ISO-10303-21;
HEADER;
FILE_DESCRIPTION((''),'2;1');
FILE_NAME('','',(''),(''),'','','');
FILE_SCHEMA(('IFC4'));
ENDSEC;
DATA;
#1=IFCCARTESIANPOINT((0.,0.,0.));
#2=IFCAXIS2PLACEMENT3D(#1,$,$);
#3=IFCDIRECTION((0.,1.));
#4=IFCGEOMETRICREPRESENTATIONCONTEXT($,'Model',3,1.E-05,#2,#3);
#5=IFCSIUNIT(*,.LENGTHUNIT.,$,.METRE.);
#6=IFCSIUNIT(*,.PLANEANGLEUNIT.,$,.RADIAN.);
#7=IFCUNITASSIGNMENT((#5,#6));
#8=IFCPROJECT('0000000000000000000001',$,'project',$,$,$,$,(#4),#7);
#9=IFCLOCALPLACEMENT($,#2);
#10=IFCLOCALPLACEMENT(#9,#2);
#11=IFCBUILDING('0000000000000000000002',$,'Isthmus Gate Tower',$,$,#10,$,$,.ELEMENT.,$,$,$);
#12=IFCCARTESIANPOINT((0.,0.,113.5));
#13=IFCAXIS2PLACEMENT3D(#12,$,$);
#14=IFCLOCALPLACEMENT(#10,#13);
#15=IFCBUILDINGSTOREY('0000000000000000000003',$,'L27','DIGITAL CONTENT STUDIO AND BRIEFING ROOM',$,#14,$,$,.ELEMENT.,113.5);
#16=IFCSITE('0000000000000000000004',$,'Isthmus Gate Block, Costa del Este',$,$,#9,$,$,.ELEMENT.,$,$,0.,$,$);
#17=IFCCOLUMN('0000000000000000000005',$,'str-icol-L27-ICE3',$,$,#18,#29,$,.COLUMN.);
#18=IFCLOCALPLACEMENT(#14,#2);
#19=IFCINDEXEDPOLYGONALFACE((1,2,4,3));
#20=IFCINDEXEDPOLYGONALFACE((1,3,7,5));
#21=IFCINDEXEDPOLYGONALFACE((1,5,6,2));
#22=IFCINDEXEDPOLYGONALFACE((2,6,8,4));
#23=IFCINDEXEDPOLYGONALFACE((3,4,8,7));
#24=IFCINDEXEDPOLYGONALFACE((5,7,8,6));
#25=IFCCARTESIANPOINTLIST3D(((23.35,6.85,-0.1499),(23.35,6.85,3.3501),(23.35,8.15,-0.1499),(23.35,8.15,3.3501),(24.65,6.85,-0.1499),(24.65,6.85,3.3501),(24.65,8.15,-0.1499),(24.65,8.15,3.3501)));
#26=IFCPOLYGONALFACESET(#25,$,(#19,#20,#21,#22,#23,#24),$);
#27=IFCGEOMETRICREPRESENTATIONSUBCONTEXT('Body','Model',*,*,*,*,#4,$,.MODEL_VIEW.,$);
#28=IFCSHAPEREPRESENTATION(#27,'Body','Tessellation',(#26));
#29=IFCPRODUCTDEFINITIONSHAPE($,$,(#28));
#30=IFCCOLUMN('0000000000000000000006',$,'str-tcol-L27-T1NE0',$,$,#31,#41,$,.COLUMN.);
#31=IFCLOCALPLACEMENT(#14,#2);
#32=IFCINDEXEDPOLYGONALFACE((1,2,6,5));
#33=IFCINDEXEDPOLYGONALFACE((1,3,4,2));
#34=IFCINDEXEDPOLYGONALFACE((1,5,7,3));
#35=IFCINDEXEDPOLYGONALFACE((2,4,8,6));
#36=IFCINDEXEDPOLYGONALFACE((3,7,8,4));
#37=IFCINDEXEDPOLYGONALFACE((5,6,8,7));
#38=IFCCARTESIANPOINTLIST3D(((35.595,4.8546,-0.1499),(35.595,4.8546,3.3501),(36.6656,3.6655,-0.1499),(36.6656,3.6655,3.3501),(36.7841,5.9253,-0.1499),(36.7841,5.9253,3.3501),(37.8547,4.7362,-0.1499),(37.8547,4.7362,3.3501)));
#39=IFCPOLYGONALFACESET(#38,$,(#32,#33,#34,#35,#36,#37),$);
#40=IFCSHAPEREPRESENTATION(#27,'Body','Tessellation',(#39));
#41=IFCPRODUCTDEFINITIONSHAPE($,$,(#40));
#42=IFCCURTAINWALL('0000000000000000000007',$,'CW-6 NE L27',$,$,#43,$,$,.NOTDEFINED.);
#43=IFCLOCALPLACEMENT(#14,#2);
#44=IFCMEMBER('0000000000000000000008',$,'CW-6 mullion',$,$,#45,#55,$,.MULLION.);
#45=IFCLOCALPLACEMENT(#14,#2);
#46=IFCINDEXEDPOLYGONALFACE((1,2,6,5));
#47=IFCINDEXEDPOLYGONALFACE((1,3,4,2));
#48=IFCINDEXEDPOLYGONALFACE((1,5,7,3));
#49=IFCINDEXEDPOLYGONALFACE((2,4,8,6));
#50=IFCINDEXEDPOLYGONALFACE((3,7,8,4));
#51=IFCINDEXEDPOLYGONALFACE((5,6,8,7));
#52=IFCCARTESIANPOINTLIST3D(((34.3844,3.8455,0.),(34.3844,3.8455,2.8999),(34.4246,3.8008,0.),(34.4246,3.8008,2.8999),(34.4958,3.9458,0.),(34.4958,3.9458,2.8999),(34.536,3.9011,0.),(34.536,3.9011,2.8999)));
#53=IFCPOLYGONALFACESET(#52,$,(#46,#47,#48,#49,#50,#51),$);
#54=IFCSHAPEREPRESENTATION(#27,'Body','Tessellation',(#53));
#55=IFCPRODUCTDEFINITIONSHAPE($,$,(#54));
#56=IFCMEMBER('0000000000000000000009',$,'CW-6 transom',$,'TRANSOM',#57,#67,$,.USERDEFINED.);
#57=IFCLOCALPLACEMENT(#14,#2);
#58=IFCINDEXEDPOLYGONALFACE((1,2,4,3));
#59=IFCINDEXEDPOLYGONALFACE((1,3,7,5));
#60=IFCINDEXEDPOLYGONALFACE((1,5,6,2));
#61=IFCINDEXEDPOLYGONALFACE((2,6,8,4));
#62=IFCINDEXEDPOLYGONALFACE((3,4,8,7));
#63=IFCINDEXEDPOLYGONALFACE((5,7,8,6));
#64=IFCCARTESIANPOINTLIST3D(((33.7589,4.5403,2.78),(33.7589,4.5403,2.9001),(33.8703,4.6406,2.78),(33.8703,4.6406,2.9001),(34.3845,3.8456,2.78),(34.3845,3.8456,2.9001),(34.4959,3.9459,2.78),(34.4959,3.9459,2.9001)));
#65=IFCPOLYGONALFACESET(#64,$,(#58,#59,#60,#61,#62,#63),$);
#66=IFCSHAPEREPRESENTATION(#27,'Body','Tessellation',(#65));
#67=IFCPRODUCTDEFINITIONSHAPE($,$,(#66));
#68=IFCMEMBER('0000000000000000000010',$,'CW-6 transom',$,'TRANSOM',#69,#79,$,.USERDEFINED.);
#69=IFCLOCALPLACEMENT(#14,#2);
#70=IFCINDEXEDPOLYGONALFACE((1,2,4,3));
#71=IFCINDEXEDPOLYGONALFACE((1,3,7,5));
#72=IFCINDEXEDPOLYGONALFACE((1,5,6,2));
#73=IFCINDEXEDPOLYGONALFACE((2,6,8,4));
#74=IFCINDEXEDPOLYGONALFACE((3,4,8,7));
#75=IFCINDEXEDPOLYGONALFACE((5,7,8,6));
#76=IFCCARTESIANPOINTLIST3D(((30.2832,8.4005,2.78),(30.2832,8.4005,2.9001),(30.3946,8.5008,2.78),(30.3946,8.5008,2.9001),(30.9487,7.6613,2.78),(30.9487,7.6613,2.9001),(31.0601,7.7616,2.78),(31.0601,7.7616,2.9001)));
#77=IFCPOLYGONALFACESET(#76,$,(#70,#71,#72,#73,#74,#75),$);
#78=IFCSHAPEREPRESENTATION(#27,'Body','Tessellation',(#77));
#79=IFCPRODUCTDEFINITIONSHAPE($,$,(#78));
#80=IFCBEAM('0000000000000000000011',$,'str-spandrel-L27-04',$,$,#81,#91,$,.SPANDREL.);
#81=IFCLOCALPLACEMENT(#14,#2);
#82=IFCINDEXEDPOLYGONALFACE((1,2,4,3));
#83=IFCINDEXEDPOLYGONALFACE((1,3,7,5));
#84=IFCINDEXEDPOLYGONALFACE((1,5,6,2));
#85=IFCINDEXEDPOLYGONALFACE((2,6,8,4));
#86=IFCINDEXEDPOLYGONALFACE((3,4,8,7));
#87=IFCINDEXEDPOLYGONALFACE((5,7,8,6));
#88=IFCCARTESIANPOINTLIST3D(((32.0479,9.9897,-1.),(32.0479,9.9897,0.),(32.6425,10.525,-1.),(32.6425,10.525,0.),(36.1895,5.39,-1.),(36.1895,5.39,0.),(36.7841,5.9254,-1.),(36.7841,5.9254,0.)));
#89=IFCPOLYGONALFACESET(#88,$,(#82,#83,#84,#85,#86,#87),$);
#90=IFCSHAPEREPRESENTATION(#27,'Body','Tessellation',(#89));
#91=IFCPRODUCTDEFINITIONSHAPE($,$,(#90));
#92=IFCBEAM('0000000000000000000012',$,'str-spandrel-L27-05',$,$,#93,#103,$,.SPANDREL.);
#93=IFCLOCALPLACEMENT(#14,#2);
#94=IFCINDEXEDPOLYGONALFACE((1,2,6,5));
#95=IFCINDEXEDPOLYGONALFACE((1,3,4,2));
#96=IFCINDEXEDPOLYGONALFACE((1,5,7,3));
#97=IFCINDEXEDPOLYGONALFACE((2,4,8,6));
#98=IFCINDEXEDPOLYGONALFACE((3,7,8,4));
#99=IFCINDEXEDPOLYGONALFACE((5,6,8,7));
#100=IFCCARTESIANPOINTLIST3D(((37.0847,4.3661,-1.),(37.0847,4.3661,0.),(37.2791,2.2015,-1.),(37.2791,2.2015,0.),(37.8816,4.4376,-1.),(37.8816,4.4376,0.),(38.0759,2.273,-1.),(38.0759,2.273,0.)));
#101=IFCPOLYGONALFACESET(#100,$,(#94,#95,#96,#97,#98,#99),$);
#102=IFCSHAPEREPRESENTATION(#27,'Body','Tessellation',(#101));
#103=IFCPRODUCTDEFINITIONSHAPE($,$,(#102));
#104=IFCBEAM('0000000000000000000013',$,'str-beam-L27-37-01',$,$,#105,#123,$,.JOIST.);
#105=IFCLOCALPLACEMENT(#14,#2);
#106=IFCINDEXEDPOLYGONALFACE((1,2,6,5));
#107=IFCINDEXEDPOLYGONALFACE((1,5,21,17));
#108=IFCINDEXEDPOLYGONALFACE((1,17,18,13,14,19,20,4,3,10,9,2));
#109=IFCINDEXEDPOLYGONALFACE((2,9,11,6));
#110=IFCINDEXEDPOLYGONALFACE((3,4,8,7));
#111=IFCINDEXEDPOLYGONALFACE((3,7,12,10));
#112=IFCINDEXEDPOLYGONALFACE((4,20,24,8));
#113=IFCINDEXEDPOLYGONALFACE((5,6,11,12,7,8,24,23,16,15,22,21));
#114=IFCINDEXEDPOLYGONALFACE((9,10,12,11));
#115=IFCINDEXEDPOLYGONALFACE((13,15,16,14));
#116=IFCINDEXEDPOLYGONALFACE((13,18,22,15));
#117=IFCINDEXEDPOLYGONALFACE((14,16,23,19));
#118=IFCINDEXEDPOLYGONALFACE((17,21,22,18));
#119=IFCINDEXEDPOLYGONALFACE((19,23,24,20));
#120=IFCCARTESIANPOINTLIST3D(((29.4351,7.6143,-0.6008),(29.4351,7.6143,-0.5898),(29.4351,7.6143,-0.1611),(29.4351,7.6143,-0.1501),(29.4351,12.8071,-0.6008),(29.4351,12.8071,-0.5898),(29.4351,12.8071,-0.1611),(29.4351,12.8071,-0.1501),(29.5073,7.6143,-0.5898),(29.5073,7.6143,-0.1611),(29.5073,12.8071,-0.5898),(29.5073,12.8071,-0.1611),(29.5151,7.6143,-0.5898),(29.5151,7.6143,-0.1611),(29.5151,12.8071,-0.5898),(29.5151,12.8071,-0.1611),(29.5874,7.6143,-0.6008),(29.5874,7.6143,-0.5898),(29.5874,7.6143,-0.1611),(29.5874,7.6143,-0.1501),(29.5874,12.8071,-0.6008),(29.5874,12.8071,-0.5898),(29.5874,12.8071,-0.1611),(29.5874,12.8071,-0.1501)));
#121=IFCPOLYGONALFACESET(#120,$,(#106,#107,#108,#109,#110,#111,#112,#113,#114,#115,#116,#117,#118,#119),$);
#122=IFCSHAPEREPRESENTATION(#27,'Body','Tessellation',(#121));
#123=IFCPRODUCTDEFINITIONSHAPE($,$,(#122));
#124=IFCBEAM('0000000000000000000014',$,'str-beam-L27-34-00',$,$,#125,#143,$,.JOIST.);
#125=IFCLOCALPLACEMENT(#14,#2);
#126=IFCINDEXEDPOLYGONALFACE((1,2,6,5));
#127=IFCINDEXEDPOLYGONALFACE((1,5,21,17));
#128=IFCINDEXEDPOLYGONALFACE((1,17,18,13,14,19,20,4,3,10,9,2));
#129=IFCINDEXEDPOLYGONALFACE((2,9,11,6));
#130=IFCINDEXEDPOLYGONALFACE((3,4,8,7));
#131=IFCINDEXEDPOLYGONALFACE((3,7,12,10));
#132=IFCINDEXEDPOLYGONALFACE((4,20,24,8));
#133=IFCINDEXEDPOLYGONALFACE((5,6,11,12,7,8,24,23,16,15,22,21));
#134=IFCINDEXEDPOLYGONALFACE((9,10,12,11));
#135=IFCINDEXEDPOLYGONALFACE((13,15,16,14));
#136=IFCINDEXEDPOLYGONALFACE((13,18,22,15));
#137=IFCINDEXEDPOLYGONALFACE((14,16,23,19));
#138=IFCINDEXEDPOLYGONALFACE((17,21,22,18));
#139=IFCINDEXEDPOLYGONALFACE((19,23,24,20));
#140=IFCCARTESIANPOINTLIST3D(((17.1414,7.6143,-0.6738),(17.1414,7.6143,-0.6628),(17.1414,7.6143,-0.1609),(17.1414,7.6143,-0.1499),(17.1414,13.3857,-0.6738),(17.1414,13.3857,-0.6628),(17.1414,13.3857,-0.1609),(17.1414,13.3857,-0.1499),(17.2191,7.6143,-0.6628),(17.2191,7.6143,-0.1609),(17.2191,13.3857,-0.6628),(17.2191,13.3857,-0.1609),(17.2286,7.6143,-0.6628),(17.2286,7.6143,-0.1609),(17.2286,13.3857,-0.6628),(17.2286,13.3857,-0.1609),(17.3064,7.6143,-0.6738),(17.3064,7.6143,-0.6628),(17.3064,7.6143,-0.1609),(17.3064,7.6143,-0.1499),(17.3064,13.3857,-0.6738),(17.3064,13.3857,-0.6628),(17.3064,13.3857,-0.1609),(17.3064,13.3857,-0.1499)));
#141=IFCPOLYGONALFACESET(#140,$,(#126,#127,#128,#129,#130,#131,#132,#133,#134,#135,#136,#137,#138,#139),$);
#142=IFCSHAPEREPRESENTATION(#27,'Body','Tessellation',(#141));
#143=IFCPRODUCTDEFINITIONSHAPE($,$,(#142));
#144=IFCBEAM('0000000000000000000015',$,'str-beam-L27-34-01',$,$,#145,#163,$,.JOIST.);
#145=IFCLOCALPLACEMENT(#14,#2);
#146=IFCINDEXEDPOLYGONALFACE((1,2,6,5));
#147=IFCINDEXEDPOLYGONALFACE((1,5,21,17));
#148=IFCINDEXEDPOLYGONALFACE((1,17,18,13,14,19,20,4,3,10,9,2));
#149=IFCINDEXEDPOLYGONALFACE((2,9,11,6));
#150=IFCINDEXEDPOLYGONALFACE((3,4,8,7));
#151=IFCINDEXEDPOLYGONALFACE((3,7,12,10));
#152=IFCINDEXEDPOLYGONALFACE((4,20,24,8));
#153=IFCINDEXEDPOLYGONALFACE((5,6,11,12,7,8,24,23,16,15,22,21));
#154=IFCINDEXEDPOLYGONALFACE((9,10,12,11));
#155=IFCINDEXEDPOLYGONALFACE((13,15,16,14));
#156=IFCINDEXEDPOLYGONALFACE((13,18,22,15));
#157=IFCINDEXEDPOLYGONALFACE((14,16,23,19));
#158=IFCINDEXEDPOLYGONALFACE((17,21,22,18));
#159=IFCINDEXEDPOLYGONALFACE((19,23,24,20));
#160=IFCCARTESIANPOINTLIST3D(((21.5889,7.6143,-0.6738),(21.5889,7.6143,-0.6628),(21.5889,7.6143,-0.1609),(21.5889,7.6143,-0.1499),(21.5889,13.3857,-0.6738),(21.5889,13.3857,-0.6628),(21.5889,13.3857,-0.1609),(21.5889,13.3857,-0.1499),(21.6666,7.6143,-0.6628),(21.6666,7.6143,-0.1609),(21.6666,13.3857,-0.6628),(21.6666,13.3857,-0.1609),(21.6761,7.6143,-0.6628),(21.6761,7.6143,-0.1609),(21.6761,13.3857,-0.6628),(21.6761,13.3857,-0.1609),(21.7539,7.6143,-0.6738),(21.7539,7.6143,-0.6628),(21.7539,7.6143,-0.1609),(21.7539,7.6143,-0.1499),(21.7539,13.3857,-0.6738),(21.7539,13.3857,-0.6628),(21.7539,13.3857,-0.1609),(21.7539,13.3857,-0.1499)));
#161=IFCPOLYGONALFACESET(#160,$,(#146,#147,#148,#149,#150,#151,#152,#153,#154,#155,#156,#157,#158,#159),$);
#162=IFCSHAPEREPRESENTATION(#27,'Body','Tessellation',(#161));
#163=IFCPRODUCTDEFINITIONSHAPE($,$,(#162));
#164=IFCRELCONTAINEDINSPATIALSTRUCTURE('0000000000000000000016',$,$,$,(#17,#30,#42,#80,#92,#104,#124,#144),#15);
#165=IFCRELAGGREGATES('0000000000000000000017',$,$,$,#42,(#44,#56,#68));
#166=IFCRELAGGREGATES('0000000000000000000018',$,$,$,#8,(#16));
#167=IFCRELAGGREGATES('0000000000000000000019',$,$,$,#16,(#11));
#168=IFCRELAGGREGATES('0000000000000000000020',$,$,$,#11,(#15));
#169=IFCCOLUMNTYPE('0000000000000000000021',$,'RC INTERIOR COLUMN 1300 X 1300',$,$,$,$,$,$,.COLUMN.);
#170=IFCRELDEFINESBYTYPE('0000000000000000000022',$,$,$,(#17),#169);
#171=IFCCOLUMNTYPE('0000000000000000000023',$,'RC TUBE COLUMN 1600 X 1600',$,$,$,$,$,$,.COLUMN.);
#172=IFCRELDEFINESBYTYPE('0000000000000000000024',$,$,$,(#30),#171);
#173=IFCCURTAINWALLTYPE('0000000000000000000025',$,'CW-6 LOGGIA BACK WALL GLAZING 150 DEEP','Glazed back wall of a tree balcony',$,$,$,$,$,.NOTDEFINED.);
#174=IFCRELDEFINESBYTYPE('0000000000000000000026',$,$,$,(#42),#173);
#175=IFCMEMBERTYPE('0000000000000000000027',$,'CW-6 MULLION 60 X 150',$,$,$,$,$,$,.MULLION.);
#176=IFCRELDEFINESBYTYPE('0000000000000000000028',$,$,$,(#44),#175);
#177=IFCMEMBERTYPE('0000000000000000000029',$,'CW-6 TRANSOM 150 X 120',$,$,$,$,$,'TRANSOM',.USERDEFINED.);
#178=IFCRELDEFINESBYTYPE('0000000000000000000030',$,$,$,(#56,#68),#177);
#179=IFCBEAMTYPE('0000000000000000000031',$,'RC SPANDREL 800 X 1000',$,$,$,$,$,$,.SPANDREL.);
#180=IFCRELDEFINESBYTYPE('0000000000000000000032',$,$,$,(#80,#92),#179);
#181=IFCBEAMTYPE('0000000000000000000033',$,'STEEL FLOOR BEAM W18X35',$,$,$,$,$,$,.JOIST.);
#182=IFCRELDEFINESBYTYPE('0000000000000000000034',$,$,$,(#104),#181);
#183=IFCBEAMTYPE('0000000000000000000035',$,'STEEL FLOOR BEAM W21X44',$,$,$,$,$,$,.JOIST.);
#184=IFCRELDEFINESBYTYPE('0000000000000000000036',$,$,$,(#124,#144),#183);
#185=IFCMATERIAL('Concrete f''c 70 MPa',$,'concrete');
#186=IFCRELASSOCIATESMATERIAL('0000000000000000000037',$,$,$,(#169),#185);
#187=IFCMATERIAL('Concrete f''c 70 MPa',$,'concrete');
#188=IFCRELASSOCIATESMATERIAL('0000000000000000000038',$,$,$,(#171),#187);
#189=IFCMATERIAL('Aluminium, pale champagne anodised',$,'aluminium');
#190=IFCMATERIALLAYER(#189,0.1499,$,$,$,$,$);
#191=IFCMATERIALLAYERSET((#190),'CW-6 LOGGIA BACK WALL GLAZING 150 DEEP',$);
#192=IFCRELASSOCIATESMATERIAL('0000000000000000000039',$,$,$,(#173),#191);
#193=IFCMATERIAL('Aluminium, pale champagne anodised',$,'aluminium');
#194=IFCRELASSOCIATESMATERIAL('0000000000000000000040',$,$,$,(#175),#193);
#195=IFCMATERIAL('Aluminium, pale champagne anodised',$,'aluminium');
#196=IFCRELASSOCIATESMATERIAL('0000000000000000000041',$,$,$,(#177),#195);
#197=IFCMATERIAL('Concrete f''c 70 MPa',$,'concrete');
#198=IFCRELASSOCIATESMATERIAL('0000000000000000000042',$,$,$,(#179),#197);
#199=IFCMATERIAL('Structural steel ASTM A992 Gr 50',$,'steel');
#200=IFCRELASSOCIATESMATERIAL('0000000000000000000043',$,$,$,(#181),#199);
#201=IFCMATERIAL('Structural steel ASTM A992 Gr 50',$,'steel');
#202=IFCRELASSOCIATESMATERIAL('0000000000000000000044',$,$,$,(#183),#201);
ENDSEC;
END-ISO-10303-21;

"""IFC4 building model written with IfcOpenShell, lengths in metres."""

from ifc_helpers import new_model, si_unit, direction, frame, origin, origin_2d, place, context, subcontext, project, spatial, rectangle, i_section, extrude, material, layer, layer_set, material_profile, profile_set, type_object, element, aggregate, save


model = new_model("IFC4")

# Units and contexts
model_context = context("Model", 3, precision=1e-05, world=origin(), true_north=direction((0.0, 1.0)))
body_context = subcontext(model_context, "Body", "Model", "MODEL_VIEW")
ifc_project = project(units=[si_unit("LENGTHUNIT", "METRE"), si_unit("PLANEANGLEUNIT", "RADIAN")], contexts=[model_context])

# Site, building, storey
site_placement = place(None, origin())
site = spatial("IfcSite", under=ifc_project, at=site_placement, Name="Isthmus Gate Block, Costa del Este", CompositionType="ELEMENT", RefElevation=0.0)
building_placement = place(site_placement, origin())
building = spatial("IfcBuilding", under=site, at=building_placement, Name="Isthmus Gate Tower", CompositionType="ELEMENT")
storey_placement = place(building_placement, frame((0.0, 0.0, 113.5)))
storey = spatial("IfcBuildingStorey", under=building, at=storey_placement, Name="L27", Description="DIGITAL CONTENT STUDIO AND BRIEFING ROOM", CompositionType="ELEMENT", Elevation=113.5)

# Columns
ifc_material_1 = material(Name="Concrete f'c 70 MPa", Category="concrete")
ifc_material_profile_1 = material_profile(ifc_material_1, rectangle(XDim=1.3, YDim=1.3, at=origin_2d()), Name="RC 1300X1300")
ifc_profile_set_1 = profile_set([ifc_material_profile_1], Name="Concrete f'c 70 MPa")
column_type_1 = type_object("IfcColumnType", Name="RC INTERIOR COLUMN 1300 X 1300", PredefinedType="COLUMN", material=ifc_profile_set_1)
column_1_placement = place(storey_placement, frame((24.0, 7.5, -0.1499), z_axis=(0.0, 0.0, 1.0), x_axis=(1.0, 0.0, 0.0)))
element("IfcColumn", 1, at=column_1_placement, inside=storey, type_object=column_type_1, Name="str-icol-L27-ICE3", PredefinedType="COLUMN", context=body_context, shape_type="SweptSolid", body=[
    extrude(rectangle(XDim=1.3, YDim=1.3, at=origin_2d()), origin(), (0.0, 0.0, 1.0), 3.5),
])
ifc_material_2 = material(Name="Concrete f'c 70 MPa", Category="concrete")
ifc_material_profile_2 = material_profile(ifc_material_2, rectangle(XDim=1.6001, YDim=1.6001, at=origin_2d()), Name="RC 1600X1600")
ifc_profile_set_2 = profile_set([ifc_material_profile_2], Name="Concrete f'c 70 MPa")
column_type_2 = type_object("IfcColumnType", Name="RC TUBE COLUMN 1600 X 1600", PredefinedType="COLUMN", material=ifc_profile_set_2)
column_2_placement = place(storey_placement, frame((36.7249, 4.7954, -0.1499), z_axis=(0.0, 0.0, 1.0), x_axis=(-0.669131, 0.743145, 0.0)))
element("IfcColumn", 2, at=column_2_placement, inside=storey, type_object=column_type_2, Name="str-tcol-L27-T1NE0", PredefinedType="COLUMN", context=body_context, shape_type="SweptSolid", body=[
    extrude(rectangle(XDim=1.6001, YDim=1.6001, at=origin_2d()), origin(), (0.0, 0.0, 1.0), 3.5),
])

# Curtain wall, members
ifc_material_3 = material(Name="Aluminium, pale champagne anodised", Category="aluminium")
ifc_layer_1 = layer(ifc_material_3, 0.1499)
ifc_layer_set_1 = layer_set([ifc_layer_1], Name="CW-6 LOGGIA BACK WALL GLAZING 150 DEEP")
curtain_wall_type_1 = type_object("IfcCurtainWallType", Name="CW-6 LOGGIA BACK WALL GLAZING 150 DEEP", Description="Glazed back wall of a tree balcony", PredefinedType="NOTDEFINED", material=ifc_layer_set_1)
curtain_wall_1_placement = place(storey_placement, origin())
curtain_wall_1 = element("IfcCurtainWall", 3, at=curtain_wall_1_placement, inside=storey, type_object=curtain_wall_type_1, Name="CW-6 NE L27", PredefinedType="NOTDEFINED")
ifc_material_4 = material(Name="Aluminium, pale champagne anodised", Category="aluminium")
ifc_material_profile_3 = material_profile(ifc_material_4, rectangle(XDim=0.0601, YDim=0.1499, at=origin_2d()), Name="60x150")
ifc_profile_set_3 = profile_set([ifc_material_profile_3], Name="Aluminium, pale champagne anodised")
member_type_1 = type_object("IfcMemberType", Name="CW-6 MULLION 60 X 150", PredefinedType="MULLION", material=ifc_profile_set_3)
member_1_placement = place(storey_placement, frame((34.4602, 3.8733, 0.0), z_axis=(0.0, 0.0, 1.0), x_axis=(-0.669131, 0.743145, 0.0)))
member_1 = element("IfcMember", 4, at=member_1_placement, type_object=member_type_1, Name="CW-6 mullion", PredefinedType="MULLION", context=body_context, shape_type="SweptSolid", body=[
    extrude(rectangle(XDim=0.0601, YDim=0.1499, at=origin_2d()), origin(), (0.0, 0.0, 1.0), 2.8999),
])
ifc_material_5 = material(Name="Aluminium, pale champagne anodised", Category="aluminium")
ifc_material_profile_4 = material_profile(ifc_material_5, rectangle(XDim=0.1499, YDim=0.1201, at=origin_2d()), Name="150x120")
ifc_profile_set_4 = profile_set([ifc_material_profile_4], Name="Aluminium, pale champagne anodised")
member_type_2 = type_object("IfcMemberType", Name="CW-6 TRANSOM 150 X 120", ElementType="TRANSOM", PredefinedType="USERDEFINED", material=ifc_profile_set_4)
member_2_placement = place(storey_placement, frame((34.4402, 3.8958, 2.8401), z_axis=(-0.669181, 0.743099, 0.0), x_axis=(-0.743099, -0.669181, 0.0)))
member_2 = element("IfcMember", 5, at=member_2_placement, type_object=member_type_2, Name="CW-6 transom", ObjectType="TRANSOM", PredefinedType="USERDEFINED", context=body_context, shape_type="SweptSolid", body=[
    extrude(rectangle(XDim=0.1499, YDim=0.1201, at=origin_2d()), origin(), (0.0, 0.0, 1.0), 0.9348),
])
member_3_placement = place(storey_placement, frame((31.0044, 7.7114, 2.8401), z_axis=(-0.669073, 0.743197, 0.0), x_axis=(-0.743197, -0.669073, 0.0)))
member_3 = element("IfcMember", 6, at=member_3_placement, type_object=member_type_2, Name="CW-6 transom", ObjectType="TRANSOM", PredefinedType="USERDEFINED", context=body_context, shape_type="SweptSolid", body=[
    extrude(rectangle(XDim=0.1499, YDim=0.1201, at=origin_2d()), origin(), (0.0, 0.0, 1.0), 0.9946),
])

# Beams
ifc_material_6 = material(Name="Concrete f'c 70 MPa", Category="concrete")
ifc_material_profile_5 = material_profile(ifc_material_6, rectangle(XDim=0.8, YDim=1.0, at=origin_2d()), Name="RC 800X1000")
ifc_profile_set_5 = profile_set([ifc_material_profile_5], Name="Concrete f'c 70 MPa")
beam_type_1 = type_object("IfcBeamType", Name="RC SPANDREL 800 X 1000", PredefinedType="SPANDREL", material=ifc_profile_set_5)
beam_1_placement = place(storey_placement, frame((32.3452, 10.2573, -0.5), z_axis=(0.669139, -0.743137, 0.0), x_axis=(0.743137, 0.669139, 0.0)))
element("IfcBeam", 7, at=beam_1_placement, inside=storey, type_object=beam_type_1, Name="str-spandrel-L27-04", PredefinedType="SPANDREL", context=body_context, shape_type="SweptSolid", body=[
    extrude(rectangle(XDim=0.8, YDim=1.0, at=origin_2d()), origin(), (0.0, 0.0, 1.0), 6.1895),
])
beam_2_placement = place(storey_placement, frame((37.4832, 4.4019, -0.5), z_axis=(0.089422, -0.995994, 0.0), x_axis=(0.995994, 0.089422, 0.0)))
element("IfcBeam", 8, at=beam_2_placement, inside=storey, type_object=beam_type_1, Name="str-spandrel-L27-05", PredefinedType="SPANDREL", context=body_context, shape_type="SweptSolid", body=[
    extrude(rectangle(XDim=0.8, YDim=1.0, at=origin_2d()), origin(), (0.0, 0.0, 1.0), 2.1733),
])
ifc_material_7 = material(Name="Structural steel ASTM A992 Gr 50", Category="steel")
ifc_material_profile_6 = material_profile(ifc_material_7, i_section(OverallWidth=0.1523, OverallDepth=0.4507, WebThickness=0.0078, FlangeThickness=0.011, at=origin_2d()), Name="W18X35")
ifc_profile_set_6 = profile_set([ifc_material_profile_6], Name="Structural steel ASTM A992 Gr 50")
beam_type_2 = type_object("IfcBeamType", Name="STEEL FLOOR BEAM W18X35", PredefinedType="JOIST", material=ifc_profile_set_6)
beam_3_placement = place(storey_placement, frame((29.5112, 7.6143, -0.3755), z_axis=(0.0, 1.0, 0.0), x_axis=(-1.0, 0.0, 0.0)))
element("IfcBeam", 9, at=beam_3_placement, inside=storey, type_object=beam_type_2, Name="str-beam-L27-37-01", PredefinedType="JOIST", context=body_context, shape_type="SweptSolid", body=[
    extrude(i_section(OverallWidth=0.1523, OverallDepth=0.4507, WebThickness=0.0078, FlangeThickness=0.011, at=origin_2d()), origin(), (0.0, 0.0, 1.0), 5.1929),
])
ifc_material_8 = material(Name="Structural steel ASTM A992 Gr 50", Category="steel")
ifc_material_profile_7 = material_profile(ifc_material_8, i_section(OverallWidth=0.165, OverallDepth=0.5239, WebThickness=0.0095, FlangeThickness=0.011, at=origin_2d()), Name="W21X44")
ifc_profile_set_7 = profile_set([ifc_material_profile_7], Name="Structural steel ASTM A992 Gr 50")
beam_type_3 = type_object("IfcBeamType", Name="STEEL FLOOR BEAM W21X44", PredefinedType="JOIST", material=ifc_profile_set_7)
for number, where, z_axis, x_axis, name in (
    (10, (17.2239, 7.6143, -0.4119), (0.0, 1.0, 0.0), (-1.0, 0.0, 0.0), "str-beam-L27-34-00"),
    (11, (21.6714, 7.6143, -0.4119), (0.0, 1.0, 0.0), (-1.0, 0.0, 0.0), "str-beam-L27-34-01"),
):
    element("IfcBeam", number, at=place(storey_placement, frame(where, z_axis=z_axis, x_axis=x_axis)), inside=storey, type_object=beam_type_3, Name=name, PredefinedType="JOIST", context=body_context, shape_type="SweptSolid", body=[
        extrude(i_section(OverallWidth=0.165, OverallDepth=0.5239, WebThickness=0.0095, FlangeThickness=0.011, at=origin_2d()), origin(), (0.0, 0.0, 1.0), 5.7715),
    ])

aggregate(curtain_wall_1, [member_1, member_2, member_3])

save(model, "model.ifc")
